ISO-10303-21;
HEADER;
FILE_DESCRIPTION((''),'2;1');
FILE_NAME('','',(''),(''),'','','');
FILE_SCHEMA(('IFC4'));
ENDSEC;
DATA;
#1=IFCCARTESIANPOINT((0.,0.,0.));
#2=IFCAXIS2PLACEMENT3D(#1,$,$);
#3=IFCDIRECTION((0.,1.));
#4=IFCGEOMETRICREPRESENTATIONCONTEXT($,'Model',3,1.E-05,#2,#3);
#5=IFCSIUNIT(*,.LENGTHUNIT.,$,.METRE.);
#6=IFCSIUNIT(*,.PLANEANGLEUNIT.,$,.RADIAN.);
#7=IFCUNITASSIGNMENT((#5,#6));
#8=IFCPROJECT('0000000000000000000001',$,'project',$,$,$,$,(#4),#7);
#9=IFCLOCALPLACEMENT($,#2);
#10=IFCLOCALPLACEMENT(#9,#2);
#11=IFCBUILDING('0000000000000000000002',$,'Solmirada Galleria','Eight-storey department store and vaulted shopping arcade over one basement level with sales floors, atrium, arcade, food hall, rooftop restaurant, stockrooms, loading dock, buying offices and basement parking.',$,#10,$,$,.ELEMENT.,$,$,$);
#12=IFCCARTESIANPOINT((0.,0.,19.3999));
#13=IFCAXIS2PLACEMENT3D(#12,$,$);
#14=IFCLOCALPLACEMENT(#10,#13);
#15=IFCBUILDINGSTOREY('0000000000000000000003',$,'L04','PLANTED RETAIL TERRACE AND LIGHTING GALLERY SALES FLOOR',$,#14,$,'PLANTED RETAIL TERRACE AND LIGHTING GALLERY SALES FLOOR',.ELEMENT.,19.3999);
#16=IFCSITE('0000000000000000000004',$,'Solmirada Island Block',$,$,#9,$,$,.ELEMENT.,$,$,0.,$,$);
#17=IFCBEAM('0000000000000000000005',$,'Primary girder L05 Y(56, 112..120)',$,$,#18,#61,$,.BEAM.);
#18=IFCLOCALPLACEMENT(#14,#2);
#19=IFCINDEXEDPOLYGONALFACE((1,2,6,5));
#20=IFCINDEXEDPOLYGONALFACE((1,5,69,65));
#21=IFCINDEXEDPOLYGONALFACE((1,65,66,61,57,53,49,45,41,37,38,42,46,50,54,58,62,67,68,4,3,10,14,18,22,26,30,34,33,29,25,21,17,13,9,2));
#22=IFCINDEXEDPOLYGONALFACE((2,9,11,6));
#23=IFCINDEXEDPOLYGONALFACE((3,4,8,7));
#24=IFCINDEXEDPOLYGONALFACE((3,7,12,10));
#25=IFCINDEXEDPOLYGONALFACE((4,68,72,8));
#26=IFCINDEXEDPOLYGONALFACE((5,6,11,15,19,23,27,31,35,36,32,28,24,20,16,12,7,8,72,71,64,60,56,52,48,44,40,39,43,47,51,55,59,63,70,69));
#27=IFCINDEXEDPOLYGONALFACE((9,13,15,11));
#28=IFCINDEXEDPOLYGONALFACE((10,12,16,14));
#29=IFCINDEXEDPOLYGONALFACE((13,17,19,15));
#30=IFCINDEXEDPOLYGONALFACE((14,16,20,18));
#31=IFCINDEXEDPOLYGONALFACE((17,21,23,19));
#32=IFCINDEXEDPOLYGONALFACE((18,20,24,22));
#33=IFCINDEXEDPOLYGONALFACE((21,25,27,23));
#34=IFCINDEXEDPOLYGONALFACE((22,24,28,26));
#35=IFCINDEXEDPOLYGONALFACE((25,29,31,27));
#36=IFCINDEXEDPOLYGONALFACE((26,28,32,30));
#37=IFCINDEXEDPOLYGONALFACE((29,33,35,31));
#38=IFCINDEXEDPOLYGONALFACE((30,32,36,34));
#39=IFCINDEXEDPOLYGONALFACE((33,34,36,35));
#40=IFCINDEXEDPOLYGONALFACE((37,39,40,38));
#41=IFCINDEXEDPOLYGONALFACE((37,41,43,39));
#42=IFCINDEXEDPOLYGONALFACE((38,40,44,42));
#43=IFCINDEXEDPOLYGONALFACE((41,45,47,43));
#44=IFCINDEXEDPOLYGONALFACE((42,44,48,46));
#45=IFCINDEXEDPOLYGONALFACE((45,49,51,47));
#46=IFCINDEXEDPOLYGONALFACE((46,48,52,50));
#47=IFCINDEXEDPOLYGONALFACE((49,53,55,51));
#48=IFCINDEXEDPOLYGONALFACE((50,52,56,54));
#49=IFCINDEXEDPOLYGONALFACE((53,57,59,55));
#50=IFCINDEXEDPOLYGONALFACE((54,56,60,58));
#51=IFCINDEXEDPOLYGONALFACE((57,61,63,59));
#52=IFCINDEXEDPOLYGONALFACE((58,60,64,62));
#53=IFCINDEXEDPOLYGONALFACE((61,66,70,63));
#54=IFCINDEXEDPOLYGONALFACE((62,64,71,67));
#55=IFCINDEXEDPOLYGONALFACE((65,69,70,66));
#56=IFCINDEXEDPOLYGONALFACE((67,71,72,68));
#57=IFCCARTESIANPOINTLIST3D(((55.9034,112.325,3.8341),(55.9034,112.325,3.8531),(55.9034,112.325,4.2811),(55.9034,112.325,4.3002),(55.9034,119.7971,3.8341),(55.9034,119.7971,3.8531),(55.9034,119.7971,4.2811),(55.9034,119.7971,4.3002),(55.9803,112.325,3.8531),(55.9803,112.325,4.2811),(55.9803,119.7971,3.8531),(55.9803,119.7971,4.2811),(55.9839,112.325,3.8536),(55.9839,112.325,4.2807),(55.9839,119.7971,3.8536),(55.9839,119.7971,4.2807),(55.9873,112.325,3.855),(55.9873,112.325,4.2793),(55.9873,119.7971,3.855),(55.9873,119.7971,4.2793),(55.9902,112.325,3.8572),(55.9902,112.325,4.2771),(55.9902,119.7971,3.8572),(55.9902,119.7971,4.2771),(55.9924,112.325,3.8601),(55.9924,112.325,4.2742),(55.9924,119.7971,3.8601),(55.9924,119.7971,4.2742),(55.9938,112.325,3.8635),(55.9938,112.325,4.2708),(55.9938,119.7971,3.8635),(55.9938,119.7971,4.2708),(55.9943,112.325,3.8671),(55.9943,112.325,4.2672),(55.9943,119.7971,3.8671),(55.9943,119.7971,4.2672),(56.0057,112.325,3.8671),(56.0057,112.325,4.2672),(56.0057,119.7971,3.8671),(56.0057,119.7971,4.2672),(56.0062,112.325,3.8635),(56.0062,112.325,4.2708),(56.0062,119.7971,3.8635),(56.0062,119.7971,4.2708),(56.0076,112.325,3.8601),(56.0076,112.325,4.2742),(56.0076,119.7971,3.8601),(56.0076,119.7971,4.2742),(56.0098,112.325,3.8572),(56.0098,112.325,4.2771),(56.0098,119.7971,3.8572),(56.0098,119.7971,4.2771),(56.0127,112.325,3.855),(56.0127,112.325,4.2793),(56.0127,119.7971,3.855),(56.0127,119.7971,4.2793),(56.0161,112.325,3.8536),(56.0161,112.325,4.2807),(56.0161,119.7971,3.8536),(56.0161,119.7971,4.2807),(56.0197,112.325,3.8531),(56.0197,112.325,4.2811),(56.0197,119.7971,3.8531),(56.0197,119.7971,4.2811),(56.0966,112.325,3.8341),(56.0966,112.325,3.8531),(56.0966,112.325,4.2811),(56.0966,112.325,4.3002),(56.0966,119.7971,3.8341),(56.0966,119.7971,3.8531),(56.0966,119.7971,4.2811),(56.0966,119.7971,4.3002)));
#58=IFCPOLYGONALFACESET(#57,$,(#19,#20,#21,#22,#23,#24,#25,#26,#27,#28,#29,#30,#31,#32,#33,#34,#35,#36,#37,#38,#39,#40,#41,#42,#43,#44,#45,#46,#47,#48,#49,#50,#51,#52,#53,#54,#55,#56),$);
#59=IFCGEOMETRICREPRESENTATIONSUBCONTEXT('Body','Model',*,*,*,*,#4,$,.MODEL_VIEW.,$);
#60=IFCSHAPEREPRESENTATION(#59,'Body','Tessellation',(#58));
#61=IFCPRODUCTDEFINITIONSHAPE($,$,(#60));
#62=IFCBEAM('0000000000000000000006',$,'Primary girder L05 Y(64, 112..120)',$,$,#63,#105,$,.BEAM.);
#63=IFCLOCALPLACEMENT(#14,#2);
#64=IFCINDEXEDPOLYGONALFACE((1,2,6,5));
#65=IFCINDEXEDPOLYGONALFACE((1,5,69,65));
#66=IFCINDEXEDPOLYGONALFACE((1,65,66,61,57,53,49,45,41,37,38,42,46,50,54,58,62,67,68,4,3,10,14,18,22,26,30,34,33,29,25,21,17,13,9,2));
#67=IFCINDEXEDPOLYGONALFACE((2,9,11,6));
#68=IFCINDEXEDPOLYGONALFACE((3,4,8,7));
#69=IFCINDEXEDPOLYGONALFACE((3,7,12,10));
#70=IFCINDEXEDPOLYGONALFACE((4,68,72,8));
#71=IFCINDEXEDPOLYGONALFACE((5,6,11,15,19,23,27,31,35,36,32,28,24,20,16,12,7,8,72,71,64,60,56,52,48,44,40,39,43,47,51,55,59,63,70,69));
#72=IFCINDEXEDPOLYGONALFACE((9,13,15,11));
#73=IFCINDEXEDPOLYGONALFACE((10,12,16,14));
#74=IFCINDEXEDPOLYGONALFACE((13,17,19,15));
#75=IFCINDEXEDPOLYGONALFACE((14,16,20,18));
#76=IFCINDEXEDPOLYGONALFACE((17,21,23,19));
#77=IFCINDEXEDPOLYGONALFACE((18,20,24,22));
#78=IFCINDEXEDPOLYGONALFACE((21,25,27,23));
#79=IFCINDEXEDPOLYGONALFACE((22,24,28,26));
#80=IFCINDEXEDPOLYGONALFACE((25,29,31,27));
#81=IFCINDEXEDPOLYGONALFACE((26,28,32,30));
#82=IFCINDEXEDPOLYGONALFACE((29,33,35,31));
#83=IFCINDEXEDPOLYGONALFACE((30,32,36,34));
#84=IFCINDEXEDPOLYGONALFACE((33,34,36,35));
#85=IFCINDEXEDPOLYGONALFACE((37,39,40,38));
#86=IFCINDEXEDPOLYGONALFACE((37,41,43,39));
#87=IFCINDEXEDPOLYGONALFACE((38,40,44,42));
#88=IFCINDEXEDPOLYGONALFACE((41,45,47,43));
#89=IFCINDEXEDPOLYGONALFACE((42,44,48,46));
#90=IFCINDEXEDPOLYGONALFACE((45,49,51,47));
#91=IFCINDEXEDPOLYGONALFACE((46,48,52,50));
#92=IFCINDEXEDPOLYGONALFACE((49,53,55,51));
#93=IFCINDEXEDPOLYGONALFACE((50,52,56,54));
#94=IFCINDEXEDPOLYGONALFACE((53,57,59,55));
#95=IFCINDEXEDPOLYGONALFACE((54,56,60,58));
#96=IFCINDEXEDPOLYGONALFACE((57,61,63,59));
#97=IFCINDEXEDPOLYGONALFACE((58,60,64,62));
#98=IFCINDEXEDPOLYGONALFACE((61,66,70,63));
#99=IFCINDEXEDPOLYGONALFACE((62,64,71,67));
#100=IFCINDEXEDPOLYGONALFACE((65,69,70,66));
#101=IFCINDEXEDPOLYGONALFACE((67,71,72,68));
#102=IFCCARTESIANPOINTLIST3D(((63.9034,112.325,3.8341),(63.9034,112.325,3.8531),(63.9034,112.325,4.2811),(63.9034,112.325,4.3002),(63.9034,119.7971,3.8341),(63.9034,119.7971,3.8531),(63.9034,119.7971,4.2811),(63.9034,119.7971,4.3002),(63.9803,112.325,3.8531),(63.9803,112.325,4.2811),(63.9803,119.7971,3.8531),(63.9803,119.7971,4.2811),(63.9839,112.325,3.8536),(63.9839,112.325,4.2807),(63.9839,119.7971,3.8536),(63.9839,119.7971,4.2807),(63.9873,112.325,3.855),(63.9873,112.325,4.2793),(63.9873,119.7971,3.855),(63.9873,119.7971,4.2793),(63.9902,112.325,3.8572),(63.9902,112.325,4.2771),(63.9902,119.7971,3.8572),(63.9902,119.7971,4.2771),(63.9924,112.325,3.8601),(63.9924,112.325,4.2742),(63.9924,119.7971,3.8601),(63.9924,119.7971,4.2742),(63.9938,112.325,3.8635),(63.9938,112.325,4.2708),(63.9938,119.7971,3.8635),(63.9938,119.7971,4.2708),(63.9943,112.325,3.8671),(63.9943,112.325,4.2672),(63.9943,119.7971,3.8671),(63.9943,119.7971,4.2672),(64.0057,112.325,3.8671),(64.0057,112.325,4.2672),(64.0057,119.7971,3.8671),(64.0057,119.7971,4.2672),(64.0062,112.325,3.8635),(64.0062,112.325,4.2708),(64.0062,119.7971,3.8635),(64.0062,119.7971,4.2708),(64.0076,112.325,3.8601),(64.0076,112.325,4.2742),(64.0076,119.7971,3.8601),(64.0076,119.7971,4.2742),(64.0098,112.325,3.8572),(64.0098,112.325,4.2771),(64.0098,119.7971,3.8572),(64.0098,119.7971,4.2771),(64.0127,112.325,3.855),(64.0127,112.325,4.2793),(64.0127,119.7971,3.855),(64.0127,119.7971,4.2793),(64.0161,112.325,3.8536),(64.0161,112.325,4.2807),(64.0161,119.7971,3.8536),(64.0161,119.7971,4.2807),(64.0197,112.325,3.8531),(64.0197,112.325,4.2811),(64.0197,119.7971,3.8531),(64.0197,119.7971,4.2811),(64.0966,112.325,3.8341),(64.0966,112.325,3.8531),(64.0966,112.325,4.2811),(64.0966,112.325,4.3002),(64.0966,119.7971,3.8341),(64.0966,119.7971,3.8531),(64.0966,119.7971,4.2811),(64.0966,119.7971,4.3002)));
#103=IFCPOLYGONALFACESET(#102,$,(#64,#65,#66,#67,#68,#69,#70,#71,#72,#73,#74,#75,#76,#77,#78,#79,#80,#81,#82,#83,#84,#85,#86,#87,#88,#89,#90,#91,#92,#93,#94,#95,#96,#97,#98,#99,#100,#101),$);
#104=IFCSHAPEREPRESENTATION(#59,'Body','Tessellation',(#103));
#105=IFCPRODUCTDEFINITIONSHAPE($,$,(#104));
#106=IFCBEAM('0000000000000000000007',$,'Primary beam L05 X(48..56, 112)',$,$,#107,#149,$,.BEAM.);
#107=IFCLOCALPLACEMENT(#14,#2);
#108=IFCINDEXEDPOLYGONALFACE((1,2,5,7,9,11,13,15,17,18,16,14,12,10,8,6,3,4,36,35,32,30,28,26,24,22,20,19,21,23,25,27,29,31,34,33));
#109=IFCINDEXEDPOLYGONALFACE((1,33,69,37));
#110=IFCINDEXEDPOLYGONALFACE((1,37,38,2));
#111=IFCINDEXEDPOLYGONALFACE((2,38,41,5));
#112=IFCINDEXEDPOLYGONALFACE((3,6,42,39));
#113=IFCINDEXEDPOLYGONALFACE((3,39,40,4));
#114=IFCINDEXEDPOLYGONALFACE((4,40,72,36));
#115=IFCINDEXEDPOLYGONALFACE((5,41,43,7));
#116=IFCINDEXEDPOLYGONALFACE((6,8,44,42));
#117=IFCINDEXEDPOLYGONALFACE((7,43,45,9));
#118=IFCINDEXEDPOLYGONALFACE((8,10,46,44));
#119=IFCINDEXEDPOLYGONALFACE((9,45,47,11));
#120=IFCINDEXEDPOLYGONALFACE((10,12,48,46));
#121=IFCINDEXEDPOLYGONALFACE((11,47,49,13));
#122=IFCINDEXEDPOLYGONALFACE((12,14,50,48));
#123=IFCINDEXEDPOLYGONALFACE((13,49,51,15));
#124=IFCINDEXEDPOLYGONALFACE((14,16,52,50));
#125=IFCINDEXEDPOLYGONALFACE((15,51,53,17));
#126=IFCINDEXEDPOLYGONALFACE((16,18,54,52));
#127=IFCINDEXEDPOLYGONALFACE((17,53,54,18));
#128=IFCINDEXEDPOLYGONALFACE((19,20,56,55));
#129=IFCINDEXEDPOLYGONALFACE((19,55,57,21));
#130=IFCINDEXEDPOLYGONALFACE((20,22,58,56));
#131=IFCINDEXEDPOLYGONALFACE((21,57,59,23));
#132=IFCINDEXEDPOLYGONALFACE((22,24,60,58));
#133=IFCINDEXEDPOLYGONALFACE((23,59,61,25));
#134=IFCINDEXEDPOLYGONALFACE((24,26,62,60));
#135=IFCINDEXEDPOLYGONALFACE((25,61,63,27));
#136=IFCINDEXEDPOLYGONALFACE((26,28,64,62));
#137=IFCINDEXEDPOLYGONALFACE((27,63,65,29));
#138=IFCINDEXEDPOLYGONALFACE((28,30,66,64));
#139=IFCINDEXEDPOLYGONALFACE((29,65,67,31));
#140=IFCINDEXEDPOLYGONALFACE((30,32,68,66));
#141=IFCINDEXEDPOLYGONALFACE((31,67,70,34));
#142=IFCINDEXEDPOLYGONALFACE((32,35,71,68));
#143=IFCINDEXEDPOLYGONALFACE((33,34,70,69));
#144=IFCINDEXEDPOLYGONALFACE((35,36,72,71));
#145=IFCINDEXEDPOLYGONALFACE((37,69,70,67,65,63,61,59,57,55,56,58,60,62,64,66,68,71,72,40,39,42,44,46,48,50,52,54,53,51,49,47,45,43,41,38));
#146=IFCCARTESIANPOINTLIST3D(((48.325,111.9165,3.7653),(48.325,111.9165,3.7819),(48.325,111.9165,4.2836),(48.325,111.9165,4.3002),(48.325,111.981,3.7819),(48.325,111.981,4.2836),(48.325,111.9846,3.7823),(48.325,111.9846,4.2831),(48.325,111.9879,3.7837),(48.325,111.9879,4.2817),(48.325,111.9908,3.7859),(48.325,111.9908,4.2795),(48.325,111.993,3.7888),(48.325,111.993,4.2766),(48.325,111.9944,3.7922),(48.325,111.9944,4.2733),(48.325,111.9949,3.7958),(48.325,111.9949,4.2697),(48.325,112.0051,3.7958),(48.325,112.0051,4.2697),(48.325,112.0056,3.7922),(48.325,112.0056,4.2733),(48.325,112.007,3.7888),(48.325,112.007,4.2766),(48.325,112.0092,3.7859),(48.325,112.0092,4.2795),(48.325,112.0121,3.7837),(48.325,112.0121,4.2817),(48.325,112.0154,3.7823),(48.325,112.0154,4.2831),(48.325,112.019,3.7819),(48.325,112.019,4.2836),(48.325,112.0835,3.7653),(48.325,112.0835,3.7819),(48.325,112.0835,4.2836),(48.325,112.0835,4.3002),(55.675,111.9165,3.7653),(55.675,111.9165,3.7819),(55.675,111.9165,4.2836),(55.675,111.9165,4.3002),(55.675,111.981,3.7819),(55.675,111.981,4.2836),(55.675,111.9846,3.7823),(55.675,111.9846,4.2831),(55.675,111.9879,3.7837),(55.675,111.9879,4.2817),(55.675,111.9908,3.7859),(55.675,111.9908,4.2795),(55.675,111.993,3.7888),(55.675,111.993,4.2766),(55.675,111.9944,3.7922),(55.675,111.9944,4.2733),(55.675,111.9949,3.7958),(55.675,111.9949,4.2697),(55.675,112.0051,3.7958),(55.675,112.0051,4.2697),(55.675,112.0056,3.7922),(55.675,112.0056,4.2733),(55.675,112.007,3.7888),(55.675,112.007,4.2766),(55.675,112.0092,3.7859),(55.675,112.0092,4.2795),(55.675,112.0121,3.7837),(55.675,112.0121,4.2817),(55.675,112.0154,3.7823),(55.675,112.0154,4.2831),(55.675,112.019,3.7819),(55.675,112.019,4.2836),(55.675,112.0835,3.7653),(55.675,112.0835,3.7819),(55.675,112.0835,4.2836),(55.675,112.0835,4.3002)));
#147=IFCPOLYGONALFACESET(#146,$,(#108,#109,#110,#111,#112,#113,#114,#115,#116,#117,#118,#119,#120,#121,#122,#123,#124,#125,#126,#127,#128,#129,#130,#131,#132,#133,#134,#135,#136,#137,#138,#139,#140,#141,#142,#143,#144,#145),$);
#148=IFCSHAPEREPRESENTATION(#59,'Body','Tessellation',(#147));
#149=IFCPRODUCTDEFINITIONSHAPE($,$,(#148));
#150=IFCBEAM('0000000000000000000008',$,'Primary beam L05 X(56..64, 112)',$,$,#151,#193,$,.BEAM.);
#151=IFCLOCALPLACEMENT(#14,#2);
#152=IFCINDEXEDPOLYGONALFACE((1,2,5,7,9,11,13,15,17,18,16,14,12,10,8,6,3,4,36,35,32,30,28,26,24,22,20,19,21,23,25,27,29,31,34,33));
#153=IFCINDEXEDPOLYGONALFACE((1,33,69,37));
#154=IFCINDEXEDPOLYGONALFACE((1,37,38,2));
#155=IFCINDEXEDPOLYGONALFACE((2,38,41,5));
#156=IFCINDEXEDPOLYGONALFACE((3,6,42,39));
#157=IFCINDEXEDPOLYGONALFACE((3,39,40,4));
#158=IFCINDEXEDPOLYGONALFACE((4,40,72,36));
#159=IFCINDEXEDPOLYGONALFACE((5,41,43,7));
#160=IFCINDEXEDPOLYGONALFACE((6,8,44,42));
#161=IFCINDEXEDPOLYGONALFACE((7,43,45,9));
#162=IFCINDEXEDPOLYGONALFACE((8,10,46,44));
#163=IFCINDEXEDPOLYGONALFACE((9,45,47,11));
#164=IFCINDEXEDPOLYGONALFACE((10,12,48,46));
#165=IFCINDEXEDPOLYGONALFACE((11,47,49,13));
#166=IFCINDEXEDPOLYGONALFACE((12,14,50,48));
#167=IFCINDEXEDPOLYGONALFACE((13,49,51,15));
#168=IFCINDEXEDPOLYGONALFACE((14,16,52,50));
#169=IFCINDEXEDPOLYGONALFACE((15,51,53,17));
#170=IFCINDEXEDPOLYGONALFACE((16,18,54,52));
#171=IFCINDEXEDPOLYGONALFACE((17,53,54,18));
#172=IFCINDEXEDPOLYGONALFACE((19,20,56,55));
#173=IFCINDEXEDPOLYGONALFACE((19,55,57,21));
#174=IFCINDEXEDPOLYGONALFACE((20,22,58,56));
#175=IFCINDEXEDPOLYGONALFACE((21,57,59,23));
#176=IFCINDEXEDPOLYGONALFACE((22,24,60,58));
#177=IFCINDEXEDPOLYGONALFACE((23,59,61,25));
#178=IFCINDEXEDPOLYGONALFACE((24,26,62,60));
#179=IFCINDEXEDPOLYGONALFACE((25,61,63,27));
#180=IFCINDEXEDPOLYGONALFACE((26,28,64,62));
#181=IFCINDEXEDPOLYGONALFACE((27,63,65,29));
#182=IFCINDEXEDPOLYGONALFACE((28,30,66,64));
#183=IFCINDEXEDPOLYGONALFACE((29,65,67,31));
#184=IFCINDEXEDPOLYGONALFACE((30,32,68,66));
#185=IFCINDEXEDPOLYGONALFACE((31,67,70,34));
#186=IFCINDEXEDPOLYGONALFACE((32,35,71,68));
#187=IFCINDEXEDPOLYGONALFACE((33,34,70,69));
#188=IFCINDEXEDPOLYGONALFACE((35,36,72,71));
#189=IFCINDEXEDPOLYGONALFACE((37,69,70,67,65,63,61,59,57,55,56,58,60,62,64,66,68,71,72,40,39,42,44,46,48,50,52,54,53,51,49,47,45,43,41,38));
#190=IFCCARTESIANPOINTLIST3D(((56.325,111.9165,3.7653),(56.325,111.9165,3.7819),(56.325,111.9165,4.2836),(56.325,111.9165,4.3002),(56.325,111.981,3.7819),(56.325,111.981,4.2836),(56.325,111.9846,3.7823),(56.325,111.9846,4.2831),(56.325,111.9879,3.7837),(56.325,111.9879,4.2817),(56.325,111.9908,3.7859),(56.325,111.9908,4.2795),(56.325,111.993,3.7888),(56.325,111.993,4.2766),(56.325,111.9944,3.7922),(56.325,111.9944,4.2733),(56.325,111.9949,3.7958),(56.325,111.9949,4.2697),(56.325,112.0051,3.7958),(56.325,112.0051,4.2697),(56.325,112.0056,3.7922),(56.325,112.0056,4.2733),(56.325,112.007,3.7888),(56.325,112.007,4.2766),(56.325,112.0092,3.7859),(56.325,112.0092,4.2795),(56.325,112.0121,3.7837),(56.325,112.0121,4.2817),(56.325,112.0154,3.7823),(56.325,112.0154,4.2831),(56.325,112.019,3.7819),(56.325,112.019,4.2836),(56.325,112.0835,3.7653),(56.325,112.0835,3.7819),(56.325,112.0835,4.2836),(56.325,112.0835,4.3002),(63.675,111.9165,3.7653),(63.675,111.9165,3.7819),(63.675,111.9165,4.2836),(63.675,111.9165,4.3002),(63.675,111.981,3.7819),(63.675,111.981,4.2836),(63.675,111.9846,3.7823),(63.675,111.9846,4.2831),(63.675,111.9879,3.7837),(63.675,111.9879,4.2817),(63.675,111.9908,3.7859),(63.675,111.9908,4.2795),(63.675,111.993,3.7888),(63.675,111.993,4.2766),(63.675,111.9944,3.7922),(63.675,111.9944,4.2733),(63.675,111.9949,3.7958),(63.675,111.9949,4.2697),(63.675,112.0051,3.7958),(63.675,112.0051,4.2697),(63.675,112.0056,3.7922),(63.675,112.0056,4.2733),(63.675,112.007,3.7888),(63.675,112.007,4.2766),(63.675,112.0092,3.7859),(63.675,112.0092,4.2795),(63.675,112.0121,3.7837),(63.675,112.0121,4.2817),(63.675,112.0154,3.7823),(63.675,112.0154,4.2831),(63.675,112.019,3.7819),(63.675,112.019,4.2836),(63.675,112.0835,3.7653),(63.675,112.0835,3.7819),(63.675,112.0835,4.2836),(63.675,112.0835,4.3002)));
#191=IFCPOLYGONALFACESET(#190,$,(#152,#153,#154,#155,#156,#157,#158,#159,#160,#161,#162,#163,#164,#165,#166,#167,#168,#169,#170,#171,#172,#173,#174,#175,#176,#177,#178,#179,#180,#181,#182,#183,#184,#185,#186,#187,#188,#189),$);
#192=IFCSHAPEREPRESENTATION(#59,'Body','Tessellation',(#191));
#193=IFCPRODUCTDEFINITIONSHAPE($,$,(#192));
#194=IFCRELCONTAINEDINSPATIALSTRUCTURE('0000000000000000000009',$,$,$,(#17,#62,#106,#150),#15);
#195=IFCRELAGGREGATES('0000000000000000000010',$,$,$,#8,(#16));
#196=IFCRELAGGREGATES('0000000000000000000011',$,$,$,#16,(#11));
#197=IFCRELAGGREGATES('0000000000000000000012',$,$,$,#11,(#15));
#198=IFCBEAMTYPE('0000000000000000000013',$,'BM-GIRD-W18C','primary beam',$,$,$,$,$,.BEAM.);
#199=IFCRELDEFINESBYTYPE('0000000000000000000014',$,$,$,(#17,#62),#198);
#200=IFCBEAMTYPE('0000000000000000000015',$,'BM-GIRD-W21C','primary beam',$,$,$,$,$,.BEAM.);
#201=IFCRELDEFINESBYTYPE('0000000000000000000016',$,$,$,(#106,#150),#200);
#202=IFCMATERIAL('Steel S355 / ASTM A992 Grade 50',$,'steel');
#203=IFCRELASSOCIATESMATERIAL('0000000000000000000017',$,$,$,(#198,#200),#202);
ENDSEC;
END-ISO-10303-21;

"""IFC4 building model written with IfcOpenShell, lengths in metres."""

from ifc_helpers import new_model, si_unit, direction, frame, origin, origin_2d, place, context, subcontext, project, spatial, i_section, extrude, material, material_profile, profile_set, type_object, element, save


model = new_model("IFC4")

# Units and contexts
model_context = context("Model", 3, precision=1e-05, world=origin(), true_north=direction((0.0, 1.0)))
body_context = subcontext(model_context, "Body", "Model", "MODEL_VIEW")
ifc_project = project(units=[si_unit("LENGTHUNIT", "METRE"), si_unit("PLANEANGLEUNIT", "RADIAN")], contexts=[model_context])

# Site, building, storey
site_placement = place(None, origin())
site = spatial("IfcSite", under=ifc_project, at=site_placement, Name="Solmirada Island Block", CompositionType="ELEMENT", RefElevation=0.0)
building_placement = place(site_placement, origin())
building = spatial("IfcBuilding", under=site, at=building_placement, Name="Solmirada Galleria", Description="Eight-storey department store and vaulted shopping arcade over one basement level with sales floors, atrium, arcade, food hall, rooftop restaurant, stockrooms, loading dock, buying offices and basement parking.", CompositionType="ELEMENT")
storey_placement = place(building_placement, frame((0.0, 0.0, 19.3999)))
storey = spatial("IfcBuildingStorey", under=building, at=storey_placement, Name="L04", Description="PLANTED RETAIL TERRACE AND LIGHTING GALLERY SALES FLOOR", LongName="PLANTED RETAIL TERRACE AND LIGHTING GALLERY SALES FLOOR", CompositionType="ELEMENT", Elevation=19.3999)

# Beams
ifc_material_1 = material(Name="Steel S355 / ASTM A992 Grade 50", Category="steel")
ifc_material_profile_1 = material_profile(ifc_material_1, i_section(OverallWidth=0.1931, OverallDepth=0.4661, WebThickness=0.0115, FlangeThickness=0.019, FilletRadius=0.0139, at=origin_2d()), Name="W18X65")
ifc_profile_set_1 = profile_set([ifc_material_profile_1], Name="Steel S355 / ASTM A992 Grade 50")
beam_type_1 = type_object("IfcBeamType", Name="BM-GIRD-W18C", Description="primary beam", PredefinedType="BEAM", material=ifc_profile_set_1)
for number, where, z_axis, x_axis, name in (
    (1, (56.0, 112.325, 4.0671), (0.0, 1.0, 0.0), (-1.0, 0.0, 0.0), "Primary girder L05 Y(56, 112..120)"),
    (2, (64.0, 112.325, 4.0671), (0.0, 1.0, 0.0), (-1.0, 0.0, 0.0), "Primary girder L05 Y(64, 112..120)"),
):
    element("IfcBeam", number, at=place(storey_placement, frame(where, z_axis=z_axis, x_axis=x_axis)), inside=storey, type_object=beam_type_1, Name=name, PredefinedType="BEAM", context=body_context, shape_type="SweptSolid", body=[
        extrude(i_section(OverallWidth=0.1931, OverallDepth=0.4661, WebThickness=0.0115, FlangeThickness=0.019, FilletRadius=0.0139, at=origin_2d()), origin(), (0.0, 0.0, 1.0), 7.4722),
    ])
ifc_material_profile_2 = material_profile(ifc_material_1, i_section(OverallWidth=0.167, OverallDepth=0.5349, WebThickness=0.0103, FlangeThickness=0.0166, FilletRadius=0.0139, at=origin_2d()), Name="W21X57")
ifc_profile_set_2 = profile_set([ifc_material_profile_2], Name="Steel S355 / ASTM A992 Grade 50")
beam_type_2 = type_object("IfcBeamType", Name="BM-GIRD-W21C", Description="primary beam", PredefinedType="BEAM", material=ifc_profile_set_2)
for number, where, z_axis, x_axis, name in (
    (3, (48.325, 112.0, 4.0327), (1.0, 0.0, 0.0), (0.0, 1.0, 0.0), "Primary beam L05 X(48..56, 112)"),
    (4, (56.325, 112.0, 4.0327), (1.0, 0.0, 0.0), (0.0, 1.0, 0.0), "Primary beam L05 X(56..64, 112)"),
):
    element("IfcBeam", number, at=place(storey_placement, frame(where, z_axis=z_axis, x_axis=x_axis)), inside=storey, type_object=beam_type_2, Name=name, PredefinedType="BEAM", context=body_context, shape_type="SweptSolid", body=[
        extrude(i_section(OverallWidth=0.167, OverallDepth=0.5349, WebThickness=0.0103, FlangeThickness=0.0166, FilletRadius=0.0139, at=origin_2d()), origin(), (0.0, 0.0, 1.0), 7.3501),
    ])

save(model, "model.ifc")
